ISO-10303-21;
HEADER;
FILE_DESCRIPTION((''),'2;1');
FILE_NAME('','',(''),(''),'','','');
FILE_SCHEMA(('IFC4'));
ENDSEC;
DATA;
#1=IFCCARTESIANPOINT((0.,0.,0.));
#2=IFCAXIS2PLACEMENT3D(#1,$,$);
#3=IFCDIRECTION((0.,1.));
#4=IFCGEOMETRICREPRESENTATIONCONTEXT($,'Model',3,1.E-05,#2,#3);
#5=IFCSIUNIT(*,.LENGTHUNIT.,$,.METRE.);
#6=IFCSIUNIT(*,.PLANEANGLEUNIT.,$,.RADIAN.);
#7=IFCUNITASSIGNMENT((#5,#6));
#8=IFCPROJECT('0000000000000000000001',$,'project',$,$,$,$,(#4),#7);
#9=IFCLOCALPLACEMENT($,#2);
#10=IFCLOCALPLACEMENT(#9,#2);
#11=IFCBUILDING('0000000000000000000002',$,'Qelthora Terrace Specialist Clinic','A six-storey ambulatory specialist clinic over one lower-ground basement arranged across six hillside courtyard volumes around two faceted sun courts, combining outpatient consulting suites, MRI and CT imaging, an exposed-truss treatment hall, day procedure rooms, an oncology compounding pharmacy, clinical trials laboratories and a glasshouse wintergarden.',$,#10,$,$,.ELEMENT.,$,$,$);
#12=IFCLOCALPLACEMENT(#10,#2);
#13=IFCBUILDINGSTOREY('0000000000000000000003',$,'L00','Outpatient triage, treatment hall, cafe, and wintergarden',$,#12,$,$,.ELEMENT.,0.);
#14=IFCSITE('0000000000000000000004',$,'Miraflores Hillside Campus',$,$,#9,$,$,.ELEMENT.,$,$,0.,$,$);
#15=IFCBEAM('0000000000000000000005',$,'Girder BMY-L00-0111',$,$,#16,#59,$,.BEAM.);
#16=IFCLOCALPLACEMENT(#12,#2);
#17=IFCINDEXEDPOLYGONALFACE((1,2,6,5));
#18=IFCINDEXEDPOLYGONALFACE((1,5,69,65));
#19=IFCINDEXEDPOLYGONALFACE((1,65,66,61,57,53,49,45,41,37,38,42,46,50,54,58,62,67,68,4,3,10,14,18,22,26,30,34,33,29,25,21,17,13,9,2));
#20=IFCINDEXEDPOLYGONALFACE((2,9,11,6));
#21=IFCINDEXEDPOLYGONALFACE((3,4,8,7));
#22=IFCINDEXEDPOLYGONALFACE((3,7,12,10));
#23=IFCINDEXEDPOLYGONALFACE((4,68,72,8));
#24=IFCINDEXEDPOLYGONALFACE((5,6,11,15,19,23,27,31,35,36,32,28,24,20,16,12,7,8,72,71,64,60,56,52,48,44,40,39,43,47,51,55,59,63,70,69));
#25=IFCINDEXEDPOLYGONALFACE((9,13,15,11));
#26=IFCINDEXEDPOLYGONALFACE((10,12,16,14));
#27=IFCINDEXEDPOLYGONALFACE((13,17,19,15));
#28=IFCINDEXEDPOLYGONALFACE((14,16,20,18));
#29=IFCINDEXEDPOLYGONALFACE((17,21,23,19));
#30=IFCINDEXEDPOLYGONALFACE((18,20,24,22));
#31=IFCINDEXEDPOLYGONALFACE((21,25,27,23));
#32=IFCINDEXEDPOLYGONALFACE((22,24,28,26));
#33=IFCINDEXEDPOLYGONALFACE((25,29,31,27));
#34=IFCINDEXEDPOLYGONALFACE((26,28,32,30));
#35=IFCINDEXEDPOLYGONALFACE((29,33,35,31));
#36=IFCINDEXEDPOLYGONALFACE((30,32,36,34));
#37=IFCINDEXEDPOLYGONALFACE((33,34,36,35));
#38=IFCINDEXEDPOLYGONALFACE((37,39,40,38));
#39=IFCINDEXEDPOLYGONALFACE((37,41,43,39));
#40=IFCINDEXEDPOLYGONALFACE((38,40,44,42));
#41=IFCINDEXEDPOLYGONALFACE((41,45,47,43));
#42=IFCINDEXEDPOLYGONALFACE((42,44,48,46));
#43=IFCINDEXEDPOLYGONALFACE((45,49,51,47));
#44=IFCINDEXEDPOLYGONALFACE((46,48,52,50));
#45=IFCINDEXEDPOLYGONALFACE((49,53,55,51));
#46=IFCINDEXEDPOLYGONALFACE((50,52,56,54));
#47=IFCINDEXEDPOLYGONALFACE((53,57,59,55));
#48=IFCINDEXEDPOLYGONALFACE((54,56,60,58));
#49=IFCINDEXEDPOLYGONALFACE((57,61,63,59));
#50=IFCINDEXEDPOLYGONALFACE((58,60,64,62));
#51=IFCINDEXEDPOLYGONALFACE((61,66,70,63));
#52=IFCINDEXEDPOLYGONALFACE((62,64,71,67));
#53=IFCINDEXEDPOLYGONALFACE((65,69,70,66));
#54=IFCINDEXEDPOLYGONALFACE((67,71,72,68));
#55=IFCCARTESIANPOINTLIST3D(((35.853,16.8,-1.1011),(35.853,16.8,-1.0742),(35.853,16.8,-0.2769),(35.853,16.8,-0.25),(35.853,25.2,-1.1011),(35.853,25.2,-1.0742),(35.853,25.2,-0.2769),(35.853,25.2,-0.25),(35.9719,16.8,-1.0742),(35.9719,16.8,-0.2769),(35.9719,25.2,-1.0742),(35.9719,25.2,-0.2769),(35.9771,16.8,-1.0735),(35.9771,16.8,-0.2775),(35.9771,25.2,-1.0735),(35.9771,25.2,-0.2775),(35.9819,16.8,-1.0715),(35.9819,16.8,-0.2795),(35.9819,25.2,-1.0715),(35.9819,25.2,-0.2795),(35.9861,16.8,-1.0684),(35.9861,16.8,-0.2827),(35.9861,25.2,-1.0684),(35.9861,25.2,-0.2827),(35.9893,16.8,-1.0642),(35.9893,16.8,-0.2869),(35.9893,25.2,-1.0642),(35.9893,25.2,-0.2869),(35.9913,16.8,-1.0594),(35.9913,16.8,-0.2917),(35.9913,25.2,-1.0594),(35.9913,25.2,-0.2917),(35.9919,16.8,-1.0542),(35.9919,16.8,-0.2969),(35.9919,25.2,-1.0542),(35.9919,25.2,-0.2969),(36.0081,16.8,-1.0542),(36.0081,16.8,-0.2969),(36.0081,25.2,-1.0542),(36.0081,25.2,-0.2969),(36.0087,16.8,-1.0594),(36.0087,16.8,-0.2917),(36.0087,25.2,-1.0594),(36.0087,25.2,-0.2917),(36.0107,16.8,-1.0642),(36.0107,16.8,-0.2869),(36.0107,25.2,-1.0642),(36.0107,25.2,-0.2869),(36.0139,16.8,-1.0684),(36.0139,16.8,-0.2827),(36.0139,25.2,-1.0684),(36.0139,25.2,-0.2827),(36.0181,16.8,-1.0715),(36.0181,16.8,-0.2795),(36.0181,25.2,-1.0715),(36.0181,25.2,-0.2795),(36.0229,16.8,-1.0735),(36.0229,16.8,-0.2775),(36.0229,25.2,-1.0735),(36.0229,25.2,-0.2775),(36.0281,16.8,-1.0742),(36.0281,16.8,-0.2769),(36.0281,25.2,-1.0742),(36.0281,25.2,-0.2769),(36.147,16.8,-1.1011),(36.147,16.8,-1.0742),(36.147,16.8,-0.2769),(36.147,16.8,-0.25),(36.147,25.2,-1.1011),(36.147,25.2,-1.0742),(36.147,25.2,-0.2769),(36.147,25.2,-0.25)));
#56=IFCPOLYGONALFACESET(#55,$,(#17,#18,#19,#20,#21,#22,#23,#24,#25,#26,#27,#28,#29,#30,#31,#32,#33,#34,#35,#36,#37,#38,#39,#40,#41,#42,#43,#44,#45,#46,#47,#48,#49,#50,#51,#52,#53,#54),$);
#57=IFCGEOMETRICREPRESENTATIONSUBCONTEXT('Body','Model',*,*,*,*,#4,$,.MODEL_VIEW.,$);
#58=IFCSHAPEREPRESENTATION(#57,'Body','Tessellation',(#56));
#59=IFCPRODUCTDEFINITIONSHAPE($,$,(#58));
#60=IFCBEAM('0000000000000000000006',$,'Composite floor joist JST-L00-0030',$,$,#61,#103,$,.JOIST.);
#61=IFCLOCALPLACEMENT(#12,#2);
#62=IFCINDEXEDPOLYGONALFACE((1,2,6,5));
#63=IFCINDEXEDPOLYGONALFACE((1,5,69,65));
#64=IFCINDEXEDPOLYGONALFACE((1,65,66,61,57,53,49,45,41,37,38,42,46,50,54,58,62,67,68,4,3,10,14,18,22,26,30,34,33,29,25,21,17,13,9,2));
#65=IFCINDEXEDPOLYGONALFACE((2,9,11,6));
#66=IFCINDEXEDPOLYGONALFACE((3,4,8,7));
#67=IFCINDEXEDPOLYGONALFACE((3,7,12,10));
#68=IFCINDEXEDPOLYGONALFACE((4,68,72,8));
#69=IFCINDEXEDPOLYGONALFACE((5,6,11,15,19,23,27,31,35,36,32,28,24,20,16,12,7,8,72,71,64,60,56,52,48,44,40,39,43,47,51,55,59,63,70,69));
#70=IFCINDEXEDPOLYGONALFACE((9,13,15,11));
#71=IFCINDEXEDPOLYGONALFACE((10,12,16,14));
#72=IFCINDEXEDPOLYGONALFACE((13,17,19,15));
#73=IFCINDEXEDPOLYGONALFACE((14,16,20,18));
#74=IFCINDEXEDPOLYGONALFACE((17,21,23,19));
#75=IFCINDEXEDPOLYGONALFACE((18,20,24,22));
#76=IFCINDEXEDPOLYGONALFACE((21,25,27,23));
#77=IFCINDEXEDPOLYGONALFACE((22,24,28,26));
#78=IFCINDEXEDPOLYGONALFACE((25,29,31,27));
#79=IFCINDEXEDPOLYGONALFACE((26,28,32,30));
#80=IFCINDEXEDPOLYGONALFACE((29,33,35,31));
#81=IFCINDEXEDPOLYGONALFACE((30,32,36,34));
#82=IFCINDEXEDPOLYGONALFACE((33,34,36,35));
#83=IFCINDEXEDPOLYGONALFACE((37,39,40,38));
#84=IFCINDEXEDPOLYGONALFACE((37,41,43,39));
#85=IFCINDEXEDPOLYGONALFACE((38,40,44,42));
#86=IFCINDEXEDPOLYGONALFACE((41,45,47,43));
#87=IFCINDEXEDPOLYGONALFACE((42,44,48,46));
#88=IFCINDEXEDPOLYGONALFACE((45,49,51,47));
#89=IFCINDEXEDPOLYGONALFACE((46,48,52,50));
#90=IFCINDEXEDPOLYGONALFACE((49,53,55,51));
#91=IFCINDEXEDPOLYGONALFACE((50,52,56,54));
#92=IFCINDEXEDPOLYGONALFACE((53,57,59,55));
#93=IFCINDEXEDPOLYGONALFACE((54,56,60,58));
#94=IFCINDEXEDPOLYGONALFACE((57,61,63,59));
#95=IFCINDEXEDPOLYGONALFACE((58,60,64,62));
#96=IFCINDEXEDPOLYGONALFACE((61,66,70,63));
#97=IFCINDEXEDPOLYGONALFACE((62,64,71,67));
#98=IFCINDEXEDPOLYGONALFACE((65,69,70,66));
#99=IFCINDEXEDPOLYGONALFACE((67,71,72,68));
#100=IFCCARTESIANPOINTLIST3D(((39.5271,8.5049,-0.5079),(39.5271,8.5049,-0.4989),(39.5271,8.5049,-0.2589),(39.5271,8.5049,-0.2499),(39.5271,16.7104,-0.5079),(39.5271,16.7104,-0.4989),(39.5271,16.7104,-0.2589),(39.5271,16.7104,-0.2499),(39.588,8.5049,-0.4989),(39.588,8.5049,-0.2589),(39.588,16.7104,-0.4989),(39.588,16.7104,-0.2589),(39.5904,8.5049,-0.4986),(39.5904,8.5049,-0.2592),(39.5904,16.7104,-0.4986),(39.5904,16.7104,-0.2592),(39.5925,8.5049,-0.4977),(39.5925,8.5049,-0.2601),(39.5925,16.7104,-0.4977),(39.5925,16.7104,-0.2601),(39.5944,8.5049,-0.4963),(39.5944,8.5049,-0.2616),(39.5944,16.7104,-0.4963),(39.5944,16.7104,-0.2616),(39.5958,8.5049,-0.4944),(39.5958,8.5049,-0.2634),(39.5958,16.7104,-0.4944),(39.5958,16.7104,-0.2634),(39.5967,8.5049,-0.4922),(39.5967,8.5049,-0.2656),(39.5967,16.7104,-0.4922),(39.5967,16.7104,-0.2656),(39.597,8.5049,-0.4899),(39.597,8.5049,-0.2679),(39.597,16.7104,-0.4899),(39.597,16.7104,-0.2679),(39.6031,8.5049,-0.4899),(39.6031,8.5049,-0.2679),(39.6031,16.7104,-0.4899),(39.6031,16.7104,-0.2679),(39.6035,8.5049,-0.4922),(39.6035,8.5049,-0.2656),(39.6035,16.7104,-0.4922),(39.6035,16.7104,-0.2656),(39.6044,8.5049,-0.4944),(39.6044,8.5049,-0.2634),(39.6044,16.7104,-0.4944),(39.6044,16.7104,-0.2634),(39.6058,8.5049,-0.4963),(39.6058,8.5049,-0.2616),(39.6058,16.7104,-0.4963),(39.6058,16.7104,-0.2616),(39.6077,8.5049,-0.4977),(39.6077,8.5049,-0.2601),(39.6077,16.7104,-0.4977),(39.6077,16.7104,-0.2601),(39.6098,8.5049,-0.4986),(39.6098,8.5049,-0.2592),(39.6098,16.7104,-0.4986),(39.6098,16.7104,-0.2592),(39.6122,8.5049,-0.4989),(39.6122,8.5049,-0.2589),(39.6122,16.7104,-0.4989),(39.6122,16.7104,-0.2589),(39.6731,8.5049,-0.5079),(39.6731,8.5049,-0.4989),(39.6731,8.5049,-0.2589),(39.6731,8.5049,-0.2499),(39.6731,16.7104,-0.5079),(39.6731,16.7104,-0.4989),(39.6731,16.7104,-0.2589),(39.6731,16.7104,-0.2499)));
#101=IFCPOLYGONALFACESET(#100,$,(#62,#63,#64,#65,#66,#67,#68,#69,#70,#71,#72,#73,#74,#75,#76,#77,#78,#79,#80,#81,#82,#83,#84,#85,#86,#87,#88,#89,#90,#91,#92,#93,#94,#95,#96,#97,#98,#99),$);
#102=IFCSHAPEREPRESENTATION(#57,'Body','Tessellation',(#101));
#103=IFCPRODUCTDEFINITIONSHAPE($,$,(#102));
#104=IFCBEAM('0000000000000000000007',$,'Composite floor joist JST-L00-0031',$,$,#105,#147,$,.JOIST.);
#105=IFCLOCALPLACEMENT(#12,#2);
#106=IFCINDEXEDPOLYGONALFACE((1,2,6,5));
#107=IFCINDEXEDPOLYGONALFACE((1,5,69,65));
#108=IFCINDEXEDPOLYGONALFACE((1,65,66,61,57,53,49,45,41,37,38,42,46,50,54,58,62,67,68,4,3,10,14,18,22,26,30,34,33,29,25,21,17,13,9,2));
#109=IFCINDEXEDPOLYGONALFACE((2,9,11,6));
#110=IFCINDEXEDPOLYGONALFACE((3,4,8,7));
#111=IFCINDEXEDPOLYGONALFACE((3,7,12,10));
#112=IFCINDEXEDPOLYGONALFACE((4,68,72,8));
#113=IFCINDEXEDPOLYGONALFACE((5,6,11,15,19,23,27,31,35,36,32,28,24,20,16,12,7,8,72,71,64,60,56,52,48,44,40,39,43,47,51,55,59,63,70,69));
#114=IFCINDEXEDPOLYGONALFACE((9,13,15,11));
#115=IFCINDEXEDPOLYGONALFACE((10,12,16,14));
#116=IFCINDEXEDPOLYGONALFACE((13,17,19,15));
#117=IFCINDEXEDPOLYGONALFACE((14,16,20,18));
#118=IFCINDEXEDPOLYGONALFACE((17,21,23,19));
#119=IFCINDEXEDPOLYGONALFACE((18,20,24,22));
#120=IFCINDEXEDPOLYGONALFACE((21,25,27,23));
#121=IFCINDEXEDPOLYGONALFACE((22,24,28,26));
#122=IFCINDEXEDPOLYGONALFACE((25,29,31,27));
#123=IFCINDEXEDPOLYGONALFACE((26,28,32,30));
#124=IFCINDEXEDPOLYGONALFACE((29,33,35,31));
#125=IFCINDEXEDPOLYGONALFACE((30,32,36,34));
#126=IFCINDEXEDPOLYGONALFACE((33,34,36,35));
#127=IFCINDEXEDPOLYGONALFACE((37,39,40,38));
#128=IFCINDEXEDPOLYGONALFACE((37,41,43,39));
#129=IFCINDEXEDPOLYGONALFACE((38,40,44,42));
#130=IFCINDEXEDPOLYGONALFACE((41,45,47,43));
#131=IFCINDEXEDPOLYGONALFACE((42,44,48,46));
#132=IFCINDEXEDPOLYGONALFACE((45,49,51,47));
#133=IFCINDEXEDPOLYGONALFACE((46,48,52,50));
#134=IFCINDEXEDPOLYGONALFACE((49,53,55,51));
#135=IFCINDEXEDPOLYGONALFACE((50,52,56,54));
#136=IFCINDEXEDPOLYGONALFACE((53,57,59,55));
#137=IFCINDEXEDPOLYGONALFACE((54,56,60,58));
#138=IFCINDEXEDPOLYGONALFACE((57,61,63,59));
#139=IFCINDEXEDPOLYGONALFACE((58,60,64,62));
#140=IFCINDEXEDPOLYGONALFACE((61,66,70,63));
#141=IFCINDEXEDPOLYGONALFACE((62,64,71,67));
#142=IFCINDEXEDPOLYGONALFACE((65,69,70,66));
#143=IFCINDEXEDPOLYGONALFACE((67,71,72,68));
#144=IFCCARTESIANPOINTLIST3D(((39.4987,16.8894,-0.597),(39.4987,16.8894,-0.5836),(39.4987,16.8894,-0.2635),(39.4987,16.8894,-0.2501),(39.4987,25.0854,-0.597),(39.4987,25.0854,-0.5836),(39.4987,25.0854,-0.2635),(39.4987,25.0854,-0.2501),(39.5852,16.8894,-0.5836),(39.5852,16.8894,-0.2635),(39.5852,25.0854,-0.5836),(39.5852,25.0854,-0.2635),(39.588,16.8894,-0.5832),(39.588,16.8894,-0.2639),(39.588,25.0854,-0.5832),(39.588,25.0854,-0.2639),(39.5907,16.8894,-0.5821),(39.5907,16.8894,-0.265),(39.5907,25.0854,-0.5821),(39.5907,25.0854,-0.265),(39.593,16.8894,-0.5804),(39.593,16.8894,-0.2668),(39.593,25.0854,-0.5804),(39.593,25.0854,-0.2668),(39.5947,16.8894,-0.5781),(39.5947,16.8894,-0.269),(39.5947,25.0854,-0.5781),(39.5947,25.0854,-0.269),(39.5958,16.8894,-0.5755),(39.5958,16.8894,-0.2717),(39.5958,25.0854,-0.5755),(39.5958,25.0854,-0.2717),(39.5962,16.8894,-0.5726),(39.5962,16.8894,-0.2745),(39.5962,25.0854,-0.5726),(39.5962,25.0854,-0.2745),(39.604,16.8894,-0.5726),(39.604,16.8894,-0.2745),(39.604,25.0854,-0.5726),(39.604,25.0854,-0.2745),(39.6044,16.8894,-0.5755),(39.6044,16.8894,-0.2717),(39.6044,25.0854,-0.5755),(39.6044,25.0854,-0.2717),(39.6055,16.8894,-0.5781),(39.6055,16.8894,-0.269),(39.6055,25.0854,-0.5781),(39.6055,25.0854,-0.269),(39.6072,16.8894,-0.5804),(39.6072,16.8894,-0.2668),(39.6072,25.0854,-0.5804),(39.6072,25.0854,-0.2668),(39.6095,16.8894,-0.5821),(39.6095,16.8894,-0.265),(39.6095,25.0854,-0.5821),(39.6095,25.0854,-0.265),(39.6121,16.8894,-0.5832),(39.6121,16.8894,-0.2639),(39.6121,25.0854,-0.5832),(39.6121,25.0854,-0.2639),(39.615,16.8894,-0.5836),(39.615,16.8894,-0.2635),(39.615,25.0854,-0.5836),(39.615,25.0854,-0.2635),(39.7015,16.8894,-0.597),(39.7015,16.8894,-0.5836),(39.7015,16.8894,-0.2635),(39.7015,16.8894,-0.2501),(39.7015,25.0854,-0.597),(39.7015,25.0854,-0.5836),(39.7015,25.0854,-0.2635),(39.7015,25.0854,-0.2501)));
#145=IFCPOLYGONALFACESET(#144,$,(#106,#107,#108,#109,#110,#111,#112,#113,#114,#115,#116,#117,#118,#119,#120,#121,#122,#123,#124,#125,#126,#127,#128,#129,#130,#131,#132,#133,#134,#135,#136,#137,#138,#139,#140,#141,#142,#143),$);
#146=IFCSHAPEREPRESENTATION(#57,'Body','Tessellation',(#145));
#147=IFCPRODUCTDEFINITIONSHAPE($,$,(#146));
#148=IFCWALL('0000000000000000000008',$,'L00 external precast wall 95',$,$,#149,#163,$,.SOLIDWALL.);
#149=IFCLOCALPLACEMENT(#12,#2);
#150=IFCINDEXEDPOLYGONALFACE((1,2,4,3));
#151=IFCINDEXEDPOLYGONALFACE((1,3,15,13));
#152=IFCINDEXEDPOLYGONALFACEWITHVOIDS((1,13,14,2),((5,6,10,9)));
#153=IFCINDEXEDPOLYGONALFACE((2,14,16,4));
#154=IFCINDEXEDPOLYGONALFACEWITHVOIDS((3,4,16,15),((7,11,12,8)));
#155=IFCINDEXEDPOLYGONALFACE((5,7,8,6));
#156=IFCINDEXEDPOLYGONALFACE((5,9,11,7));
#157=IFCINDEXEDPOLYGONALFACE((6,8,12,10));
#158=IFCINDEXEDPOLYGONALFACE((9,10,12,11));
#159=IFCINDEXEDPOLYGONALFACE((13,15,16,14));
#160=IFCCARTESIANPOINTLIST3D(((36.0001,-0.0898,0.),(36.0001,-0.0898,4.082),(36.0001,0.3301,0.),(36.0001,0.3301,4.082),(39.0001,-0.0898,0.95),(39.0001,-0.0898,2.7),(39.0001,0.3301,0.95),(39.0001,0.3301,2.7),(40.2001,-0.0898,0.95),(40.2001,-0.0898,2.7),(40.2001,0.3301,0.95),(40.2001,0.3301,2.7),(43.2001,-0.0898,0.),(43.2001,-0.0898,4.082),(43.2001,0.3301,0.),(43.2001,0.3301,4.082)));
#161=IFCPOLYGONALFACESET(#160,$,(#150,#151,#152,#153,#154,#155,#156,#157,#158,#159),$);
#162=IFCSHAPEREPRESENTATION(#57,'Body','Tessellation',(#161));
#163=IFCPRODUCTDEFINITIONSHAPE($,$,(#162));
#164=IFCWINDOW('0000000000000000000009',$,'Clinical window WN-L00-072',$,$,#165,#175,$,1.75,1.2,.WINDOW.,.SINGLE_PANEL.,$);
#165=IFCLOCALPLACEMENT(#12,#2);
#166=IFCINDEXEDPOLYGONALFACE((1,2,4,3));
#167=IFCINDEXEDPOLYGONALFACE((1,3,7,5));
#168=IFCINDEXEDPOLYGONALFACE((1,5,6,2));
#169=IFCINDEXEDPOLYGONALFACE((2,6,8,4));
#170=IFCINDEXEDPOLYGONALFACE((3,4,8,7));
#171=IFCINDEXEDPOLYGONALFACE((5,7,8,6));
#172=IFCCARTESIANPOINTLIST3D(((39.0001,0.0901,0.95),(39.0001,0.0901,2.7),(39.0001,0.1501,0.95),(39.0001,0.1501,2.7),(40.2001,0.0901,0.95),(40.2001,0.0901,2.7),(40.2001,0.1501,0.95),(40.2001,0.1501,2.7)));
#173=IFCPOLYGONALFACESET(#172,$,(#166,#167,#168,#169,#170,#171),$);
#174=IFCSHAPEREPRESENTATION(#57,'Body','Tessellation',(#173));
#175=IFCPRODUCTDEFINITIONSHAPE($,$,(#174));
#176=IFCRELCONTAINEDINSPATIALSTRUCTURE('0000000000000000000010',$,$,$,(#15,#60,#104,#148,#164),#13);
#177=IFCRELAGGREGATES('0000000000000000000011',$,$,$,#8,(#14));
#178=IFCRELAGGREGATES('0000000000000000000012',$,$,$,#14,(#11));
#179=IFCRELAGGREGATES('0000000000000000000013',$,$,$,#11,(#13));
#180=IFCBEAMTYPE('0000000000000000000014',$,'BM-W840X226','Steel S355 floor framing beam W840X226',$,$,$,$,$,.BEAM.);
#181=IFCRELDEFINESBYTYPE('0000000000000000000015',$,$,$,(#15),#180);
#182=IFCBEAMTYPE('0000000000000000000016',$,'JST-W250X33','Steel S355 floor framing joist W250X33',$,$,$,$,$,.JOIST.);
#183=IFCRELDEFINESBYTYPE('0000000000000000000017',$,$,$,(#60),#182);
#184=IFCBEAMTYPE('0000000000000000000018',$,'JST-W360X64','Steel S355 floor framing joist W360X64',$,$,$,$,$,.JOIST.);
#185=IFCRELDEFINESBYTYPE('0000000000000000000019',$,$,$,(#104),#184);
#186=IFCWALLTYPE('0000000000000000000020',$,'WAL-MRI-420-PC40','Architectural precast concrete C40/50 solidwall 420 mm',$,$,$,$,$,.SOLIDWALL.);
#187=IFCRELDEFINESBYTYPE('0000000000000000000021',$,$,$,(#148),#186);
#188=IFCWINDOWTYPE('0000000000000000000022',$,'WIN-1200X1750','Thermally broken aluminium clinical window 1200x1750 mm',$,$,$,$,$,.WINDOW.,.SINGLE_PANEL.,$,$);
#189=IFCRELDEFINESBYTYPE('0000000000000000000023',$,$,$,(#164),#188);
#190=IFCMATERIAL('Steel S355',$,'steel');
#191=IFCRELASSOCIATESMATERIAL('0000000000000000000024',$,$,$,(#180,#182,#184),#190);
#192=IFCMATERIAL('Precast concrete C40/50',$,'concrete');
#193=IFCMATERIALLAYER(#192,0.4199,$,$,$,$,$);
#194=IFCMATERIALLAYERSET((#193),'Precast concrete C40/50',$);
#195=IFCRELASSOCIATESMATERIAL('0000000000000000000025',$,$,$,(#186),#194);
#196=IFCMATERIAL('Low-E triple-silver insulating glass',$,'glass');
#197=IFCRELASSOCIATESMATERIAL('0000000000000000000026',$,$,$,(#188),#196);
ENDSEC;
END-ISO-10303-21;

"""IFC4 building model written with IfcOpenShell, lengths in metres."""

from ifc_helpers import new_model, si_unit, direction, frame, frame_2d, origin, origin_2d, place, context, subcontext, project, spatial, rectangle, i_section, extrude, material, layer, layer_set, material_profile, profile_set, type_object, element, fill, save


model = new_model("IFC4")

# Units and contexts
model_context = context("Model", 3, precision=1e-05, world=origin(), true_north=direction((0.0, 1.0)))
body_context = subcontext(model_context, "Body", "Model", "MODEL_VIEW")
ifc_project = project(units=[si_unit("LENGTHUNIT", "METRE"), si_unit("PLANEANGLEUNIT", "RADIAN")], contexts=[model_context])

# Site, building, storey
site_placement = place(None, origin())
site = spatial("IfcSite", under=ifc_project, at=site_placement, Name="Miraflores Hillside Campus", CompositionType="ELEMENT", RefElevation=0.0)
building_placement = place(site_placement, origin())
building = spatial("IfcBuilding", under=site, at=building_placement, Name="Qelthora Terrace Specialist Clinic", Description="A six-storey ambulatory specialist clinic over one lower-ground basement arranged across six hillside courtyard volumes around two faceted sun courts, combining outpatient consulting suites, MRI and CT imaging, an exposed-truss treatment hall, day procedure rooms, an oncology compounding pharmacy, clinical trials laboratories and a glasshouse wintergarden.", CompositionType="ELEMENT")
storey_placement = place(building_placement, origin())
storey = spatial("IfcBuildingStorey", under=building, at=storey_placement, Name="L00", Description="Outpatient triage, treatment hall, cafe, and wintergarden", CompositionType="ELEMENT", Elevation=0.0)

# Shared definitions
ifc_material_1 = material(Name="Steel S355", Category="steel")

# Beams
ifc_material_profile_1 = material_profile(ifc_material_1, i_section(OverallWidth=0.2939, OverallDepth=0.8511, WebThickness=0.0161, FlangeThickness=0.0269, FilletRadius=0.02, at=origin_2d()), Name="W840X226")
ifc_profile_set_1 = profile_set([ifc_material_profile_1], Name="Steel S355")
beam_type_1 = type_object("IfcBeamType", Name="BM-W840X226", Description="Steel S355 floor framing beam W840X226", PredefinedType="BEAM", material=ifc_profile_set_1)
beam_1_placement = place(storey_placement, frame((36.0, 16.8, -0.6755), z_axis=(0.0, 1.0, 0.0), x_axis=(-1.0, 0.0, 0.0)))
element("IfcBeam", 1, at=beam_1_placement, inside=storey, type_object=beam_type_1, Name="Girder BMY-L00-0111", PredefinedType="BEAM", context=body_context, shape_type="SweptSolid", body=[
    extrude(i_section(OverallWidth=0.2939, OverallDepth=0.8511, WebThickness=0.0161, FlangeThickness=0.0269, FilletRadius=0.02, at=origin_2d()), origin(), (0.0, 0.0, 1.0), 8.3999),
])
ifc_material_profile_2 = material_profile(ifc_material_1, i_section(OverallWidth=0.146, OverallDepth=0.2581, WebThickness=0.0061, FlangeThickness=0.009, FilletRadius=0.009, at=origin_2d()), Name="W250X33")
ifc_profile_set_2 = profile_set([ifc_material_profile_2], Name="Steel S355")
beam_type_2 = type_object("IfcBeamType", Name="JST-W250X33", Description="Steel S355 floor framing joist W250X33", PredefinedType="JOIST", material=ifc_profile_set_2)
beam_2_placement = place(storey_placement, frame((39.6001, 8.5049, -0.3789), z_axis=(0.0, 1.0, 0.0), x_axis=(-1.0, 0.0, 0.0)))
element("IfcBeam", 2, at=beam_2_placement, inside=storey, type_object=beam_type_2, Name="Composite floor joist JST-L00-0030", PredefinedType="JOIST", context=body_context, shape_type="SweptSolid", body=[
    extrude(i_section(OverallWidth=0.146, OverallDepth=0.2581, WebThickness=0.0061, FlangeThickness=0.009, FilletRadius=0.009, at=origin_2d()), origin(), (0.0, 0.0, 1.0), 8.2056),
])
ifc_material_profile_3 = material_profile(ifc_material_1, i_section(OverallWidth=0.2029, OverallDepth=0.3469, WebThickness=0.0078, FlangeThickness=0.0134, FilletRadius=0.011, at=origin_2d()), Name="W360X64")
ifc_profile_set_3 = profile_set([ifc_material_profile_3], Name="Steel S355")
beam_type_3 = type_object("IfcBeamType", Name="JST-W360X64", Description="Steel S355 floor framing joist W360X64", PredefinedType="JOIST", material=ifc_profile_set_3)
beam_3_placement = place(storey_placement, frame((39.6001, 16.8894, -0.4236), z_axis=(0.0, 1.0, 0.0), x_axis=(-1.0, 0.0, 0.0)))
element("IfcBeam", 3, at=beam_3_placement, inside=storey, type_object=beam_type_3, Name="Composite floor joist JST-L00-0031", PredefinedType="JOIST", context=body_context, shape_type="SweptSolid", body=[
    extrude(i_section(OverallWidth=0.2029, OverallDepth=0.3469, WebThickness=0.0078, FlangeThickness=0.0134, FilletRadius=0.011, at=origin_2d()), origin(), (0.0, 0.0, 1.0), 8.196),
])

# Wall, opening, window
ifc_material_2 = material(Name="Precast concrete C40/50", Category="concrete")
ifc_layer = layer(ifc_material_2, 0.4199)
ifc_layer_set = layer_set([ifc_layer], Name="Precast concrete C40/50")
wall_type = type_object("IfcWallType", Name="WAL-MRI-420-PC40", Description="Architectural precast concrete C40/50 solidwall 420 mm", PredefinedType="SOLIDWALL", material=ifc_layer_set)
wall_1_placement = place(storey_placement, frame((36.0, 0.1201, 0.0), z_axis=(0.0, 0.0, 1.0), x_axis=(1.0, 0.0, 0.0)))
wall_1 = element("IfcWall", 4, at=wall_1_placement, inside=storey, type_object=wall_type, Name="L00 external precast wall 95", PredefinedType="SOLIDWALL", context=body_context, shape_type="SweptSolid", body=[
    extrude(rectangle(XDim=7.2, YDim=0.4199, at=frame_2d((3.6001, 0.0))), origin(), (0.0, 0.0, 1.0), 4.082),
])
opening_1_placement = place(wall_1_placement, frame((3.0, 0.0, 0.95)))
opening_1 = element("IfcOpeningElement", 5, at=opening_1_placement, cuts=wall_1, PredefinedType="OPENING", context=body_context, shape_type="SweptSolid", body=[
    extrude(rectangle(XDim=1.2, YDim=1.75, at=frame_2d((0.6001, 0.875))), frame((0.0, 0.22, 0.0), z_axis=(0.0, -1.0, 0.0), x_axis=(1.0, 0.0, 0.0)), (0.0, 0.0, 1.0), 0.4399),
])
ifc_material_3 = material(Name="Low-E triple-silver insulating glass", Category="glass")
window_type_1 = type_object("IfcWindowType", Name="WIN-1200X1750", Description="Thermally broken aluminium clinical window 1200x1750 mm", PartitioningType="SINGLE_PANEL", PredefinedType="WINDOW", material=ifc_material_3)
window_1_placement = place(opening_1_placement, origin())
window_1 = element("IfcWindow", 6, at=window_1_placement, inside=storey, type_object=window_type_1, Name="Clinical window WN-L00-072", OverallHeight=1.75, OverallWidth=1.2, PartitioningType="SINGLE_PANEL", PredefinedType="WINDOW", context=body_context, shape_type="SweptSolid", body=[
    extrude(rectangle(XDim=1.2, YDim=1.75, at=frame_2d((0.6001, 0.875))), frame((0.0, 0.03, 0.0), z_axis=(0.0, -1.0, 0.0), x_axis=(1.0, 0.0, 0.0)), (0.0, 0.0, 1.0), 0.0601),
])
fill(opening_1, window_1)

save(model, "model.ifc")
